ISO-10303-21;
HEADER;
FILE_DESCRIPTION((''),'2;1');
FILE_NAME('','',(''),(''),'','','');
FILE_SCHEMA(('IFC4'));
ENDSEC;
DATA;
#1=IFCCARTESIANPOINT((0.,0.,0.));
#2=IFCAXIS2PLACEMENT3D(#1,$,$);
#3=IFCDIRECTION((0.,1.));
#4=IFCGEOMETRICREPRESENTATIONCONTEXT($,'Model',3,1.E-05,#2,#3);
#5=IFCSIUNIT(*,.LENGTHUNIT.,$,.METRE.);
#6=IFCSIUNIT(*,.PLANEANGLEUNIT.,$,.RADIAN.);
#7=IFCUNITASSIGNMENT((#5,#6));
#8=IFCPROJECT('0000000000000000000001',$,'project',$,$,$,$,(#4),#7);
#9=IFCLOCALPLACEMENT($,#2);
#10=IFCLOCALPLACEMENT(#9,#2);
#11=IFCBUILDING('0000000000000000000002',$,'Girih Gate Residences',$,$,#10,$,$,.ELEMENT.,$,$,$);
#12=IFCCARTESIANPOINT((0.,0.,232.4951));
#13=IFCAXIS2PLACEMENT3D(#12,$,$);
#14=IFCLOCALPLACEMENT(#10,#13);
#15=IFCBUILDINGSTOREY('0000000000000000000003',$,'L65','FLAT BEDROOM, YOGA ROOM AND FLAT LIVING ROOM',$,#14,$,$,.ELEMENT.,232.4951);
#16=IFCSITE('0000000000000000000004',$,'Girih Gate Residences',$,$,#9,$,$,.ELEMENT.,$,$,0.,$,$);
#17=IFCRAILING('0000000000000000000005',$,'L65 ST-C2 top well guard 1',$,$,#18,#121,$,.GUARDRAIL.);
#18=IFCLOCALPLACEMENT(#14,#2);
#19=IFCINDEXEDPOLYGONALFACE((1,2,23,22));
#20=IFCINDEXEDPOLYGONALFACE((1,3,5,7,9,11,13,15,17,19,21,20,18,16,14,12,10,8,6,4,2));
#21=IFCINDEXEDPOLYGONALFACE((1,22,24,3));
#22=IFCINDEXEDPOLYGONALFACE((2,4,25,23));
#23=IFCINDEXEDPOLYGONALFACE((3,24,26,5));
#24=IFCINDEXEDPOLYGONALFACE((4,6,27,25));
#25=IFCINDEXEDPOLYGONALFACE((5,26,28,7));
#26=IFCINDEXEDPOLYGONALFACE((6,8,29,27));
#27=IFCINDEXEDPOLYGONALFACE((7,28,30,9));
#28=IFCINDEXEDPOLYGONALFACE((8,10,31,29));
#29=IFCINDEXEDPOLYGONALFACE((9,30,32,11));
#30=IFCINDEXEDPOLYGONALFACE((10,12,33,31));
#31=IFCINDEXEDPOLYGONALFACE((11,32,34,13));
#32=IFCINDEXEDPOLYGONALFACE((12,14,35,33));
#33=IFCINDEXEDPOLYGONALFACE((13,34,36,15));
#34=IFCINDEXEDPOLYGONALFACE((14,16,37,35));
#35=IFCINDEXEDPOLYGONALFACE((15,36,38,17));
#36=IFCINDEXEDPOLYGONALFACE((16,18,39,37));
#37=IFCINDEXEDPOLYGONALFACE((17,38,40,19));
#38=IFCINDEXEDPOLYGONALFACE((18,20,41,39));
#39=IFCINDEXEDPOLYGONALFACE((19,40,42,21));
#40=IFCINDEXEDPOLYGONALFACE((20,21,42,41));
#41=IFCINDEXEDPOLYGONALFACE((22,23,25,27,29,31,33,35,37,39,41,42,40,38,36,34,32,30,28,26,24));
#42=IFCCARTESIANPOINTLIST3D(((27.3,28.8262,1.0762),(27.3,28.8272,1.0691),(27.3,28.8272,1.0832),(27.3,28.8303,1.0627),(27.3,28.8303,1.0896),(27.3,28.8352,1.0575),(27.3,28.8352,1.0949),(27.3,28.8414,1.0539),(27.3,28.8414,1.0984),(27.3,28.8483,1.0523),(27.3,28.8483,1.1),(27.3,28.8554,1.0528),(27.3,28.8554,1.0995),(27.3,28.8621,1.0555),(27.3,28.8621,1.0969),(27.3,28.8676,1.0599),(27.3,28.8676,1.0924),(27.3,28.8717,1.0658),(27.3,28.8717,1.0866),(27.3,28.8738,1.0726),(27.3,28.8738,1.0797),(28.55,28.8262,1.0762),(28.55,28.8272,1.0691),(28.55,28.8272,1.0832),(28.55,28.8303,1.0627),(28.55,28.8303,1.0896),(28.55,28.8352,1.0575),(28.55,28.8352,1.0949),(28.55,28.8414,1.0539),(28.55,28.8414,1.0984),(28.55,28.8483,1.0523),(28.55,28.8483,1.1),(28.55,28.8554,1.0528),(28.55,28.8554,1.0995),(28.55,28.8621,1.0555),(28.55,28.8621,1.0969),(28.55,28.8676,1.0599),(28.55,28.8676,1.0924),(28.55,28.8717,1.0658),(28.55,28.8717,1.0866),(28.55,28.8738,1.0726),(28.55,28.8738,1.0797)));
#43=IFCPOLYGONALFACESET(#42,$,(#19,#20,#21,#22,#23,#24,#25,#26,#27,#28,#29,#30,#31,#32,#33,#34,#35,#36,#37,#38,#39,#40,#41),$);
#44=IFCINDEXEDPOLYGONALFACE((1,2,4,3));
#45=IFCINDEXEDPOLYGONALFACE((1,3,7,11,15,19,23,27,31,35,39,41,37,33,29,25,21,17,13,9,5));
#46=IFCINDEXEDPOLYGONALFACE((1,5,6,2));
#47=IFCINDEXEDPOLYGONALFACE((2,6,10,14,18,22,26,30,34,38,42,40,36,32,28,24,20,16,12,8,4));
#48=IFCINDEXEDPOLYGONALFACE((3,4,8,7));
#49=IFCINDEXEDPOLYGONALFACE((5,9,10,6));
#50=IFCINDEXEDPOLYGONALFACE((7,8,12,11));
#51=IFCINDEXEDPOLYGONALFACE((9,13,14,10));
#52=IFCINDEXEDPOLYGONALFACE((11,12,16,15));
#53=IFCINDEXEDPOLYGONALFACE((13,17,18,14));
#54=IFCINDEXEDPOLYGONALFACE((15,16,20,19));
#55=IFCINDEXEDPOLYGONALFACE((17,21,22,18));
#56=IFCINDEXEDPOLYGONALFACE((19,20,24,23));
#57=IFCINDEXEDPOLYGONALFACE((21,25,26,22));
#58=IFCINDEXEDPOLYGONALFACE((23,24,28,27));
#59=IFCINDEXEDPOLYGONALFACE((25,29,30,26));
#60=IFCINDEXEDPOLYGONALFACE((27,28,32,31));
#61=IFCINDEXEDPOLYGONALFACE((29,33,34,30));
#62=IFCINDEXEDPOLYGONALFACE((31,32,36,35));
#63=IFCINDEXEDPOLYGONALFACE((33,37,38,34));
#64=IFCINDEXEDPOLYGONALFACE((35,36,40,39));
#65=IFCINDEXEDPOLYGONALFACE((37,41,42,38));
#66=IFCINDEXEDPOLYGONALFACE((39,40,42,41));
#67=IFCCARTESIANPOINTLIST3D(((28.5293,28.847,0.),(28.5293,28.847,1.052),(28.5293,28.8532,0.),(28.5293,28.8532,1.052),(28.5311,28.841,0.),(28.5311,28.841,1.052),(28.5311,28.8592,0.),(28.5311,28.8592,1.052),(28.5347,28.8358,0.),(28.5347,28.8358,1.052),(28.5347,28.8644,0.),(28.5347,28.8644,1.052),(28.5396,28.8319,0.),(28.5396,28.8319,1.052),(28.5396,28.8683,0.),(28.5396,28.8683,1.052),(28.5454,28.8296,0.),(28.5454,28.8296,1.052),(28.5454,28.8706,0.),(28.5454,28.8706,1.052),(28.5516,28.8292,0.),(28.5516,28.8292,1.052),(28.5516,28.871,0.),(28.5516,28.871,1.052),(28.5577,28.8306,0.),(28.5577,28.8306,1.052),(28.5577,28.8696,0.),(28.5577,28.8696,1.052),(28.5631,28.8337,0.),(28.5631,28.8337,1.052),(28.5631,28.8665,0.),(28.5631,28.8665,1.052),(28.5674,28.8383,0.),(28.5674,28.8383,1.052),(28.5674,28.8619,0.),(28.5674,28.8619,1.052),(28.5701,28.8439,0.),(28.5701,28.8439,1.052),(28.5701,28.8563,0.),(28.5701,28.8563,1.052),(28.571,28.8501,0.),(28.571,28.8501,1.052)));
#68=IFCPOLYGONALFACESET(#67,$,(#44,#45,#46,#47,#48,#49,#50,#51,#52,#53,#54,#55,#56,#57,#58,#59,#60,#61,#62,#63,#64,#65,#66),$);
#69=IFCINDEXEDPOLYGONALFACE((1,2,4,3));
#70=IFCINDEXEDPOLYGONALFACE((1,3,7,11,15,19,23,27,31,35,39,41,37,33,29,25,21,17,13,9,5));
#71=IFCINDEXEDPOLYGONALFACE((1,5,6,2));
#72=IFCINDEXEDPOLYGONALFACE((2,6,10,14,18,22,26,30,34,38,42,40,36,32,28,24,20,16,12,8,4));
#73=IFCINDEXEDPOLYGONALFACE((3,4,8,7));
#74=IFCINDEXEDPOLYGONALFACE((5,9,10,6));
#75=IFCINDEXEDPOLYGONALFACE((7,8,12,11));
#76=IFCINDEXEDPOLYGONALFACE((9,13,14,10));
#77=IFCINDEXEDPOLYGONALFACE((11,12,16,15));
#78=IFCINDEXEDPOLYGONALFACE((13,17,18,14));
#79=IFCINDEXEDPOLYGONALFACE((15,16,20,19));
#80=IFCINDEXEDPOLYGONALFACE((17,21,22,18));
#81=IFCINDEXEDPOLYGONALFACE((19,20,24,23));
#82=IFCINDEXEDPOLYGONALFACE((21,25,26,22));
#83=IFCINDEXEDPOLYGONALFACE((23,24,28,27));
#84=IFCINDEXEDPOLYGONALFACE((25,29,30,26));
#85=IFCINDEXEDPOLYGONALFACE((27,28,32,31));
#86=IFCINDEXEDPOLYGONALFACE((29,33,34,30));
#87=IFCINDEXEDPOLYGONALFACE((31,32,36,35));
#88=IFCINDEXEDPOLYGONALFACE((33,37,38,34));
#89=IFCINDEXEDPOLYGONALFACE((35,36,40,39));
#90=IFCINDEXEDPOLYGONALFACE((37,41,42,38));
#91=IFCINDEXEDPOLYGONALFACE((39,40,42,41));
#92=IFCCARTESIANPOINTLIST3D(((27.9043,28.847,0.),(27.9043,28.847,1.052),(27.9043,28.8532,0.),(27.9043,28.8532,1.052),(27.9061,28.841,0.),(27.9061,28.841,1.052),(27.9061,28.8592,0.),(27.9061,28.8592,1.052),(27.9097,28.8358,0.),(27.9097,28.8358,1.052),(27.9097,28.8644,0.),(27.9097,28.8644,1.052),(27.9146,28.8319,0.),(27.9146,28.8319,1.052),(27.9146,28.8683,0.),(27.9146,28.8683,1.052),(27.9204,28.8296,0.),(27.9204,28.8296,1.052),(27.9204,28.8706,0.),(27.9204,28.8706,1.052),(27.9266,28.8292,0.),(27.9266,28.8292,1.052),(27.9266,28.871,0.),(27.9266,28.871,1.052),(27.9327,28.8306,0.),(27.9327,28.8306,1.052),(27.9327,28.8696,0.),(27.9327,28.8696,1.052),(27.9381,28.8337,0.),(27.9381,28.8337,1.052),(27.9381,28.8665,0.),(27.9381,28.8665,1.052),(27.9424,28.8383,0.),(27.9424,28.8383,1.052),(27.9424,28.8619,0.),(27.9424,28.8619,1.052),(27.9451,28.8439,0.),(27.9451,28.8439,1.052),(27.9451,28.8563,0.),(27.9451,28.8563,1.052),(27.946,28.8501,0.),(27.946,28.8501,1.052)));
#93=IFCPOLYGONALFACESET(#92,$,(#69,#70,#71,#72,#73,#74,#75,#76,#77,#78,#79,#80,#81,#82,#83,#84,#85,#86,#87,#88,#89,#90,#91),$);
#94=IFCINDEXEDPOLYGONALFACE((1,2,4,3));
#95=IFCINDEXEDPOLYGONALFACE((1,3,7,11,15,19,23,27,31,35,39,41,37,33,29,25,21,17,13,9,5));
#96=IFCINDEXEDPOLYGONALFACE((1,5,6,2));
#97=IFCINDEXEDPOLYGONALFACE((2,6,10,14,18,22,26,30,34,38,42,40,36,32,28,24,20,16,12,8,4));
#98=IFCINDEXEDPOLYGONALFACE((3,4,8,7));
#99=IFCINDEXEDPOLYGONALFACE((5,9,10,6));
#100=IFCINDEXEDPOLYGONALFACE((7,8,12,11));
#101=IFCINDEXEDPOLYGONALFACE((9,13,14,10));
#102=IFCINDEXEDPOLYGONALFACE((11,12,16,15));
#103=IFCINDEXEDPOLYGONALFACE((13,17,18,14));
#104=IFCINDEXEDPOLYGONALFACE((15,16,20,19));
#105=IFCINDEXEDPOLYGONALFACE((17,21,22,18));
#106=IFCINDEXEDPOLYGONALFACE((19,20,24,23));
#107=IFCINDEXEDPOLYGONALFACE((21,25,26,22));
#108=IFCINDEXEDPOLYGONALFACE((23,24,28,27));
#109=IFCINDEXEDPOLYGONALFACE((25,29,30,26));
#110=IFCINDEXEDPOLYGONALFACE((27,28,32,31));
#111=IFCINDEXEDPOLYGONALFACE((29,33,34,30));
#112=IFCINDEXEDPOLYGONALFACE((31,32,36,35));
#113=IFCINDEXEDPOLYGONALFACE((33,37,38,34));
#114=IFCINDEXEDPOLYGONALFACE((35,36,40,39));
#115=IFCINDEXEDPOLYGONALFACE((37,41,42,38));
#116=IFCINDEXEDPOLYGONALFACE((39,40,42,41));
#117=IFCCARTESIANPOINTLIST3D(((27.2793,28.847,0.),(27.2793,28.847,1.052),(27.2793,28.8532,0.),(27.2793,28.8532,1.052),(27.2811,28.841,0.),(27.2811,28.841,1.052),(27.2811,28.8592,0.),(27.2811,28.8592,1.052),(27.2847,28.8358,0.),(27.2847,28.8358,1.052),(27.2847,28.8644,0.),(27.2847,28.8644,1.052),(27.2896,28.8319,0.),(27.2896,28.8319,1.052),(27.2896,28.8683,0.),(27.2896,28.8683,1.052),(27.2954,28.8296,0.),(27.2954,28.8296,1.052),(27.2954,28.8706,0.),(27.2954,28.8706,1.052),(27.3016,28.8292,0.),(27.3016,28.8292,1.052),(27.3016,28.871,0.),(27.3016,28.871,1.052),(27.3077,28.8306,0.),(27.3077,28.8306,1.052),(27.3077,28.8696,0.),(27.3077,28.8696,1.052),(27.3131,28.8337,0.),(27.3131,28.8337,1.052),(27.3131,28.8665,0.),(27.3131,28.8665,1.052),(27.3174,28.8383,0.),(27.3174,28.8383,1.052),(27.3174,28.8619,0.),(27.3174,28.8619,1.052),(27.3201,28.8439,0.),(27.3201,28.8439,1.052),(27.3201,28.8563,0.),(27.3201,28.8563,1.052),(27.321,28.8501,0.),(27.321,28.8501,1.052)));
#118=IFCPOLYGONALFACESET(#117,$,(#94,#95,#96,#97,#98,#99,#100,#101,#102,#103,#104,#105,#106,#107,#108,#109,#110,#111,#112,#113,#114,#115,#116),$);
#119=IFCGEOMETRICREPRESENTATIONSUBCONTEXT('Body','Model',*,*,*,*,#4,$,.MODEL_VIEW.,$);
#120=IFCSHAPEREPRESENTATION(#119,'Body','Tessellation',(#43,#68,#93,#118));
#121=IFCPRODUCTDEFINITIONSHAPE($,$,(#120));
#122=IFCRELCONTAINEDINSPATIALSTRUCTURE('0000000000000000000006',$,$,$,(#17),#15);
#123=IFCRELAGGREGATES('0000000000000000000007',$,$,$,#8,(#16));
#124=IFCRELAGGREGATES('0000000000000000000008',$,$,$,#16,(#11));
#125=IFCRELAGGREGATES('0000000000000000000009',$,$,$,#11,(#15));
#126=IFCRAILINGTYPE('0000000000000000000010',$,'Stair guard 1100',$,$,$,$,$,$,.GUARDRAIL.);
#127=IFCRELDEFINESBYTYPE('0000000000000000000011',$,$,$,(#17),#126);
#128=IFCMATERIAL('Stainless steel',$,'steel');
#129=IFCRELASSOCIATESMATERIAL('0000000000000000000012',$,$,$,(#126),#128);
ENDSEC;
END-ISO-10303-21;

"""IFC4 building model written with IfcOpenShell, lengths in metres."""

from ifc_helpers import new_model, si_unit, direction, frame, origin, origin_2d, place, context, subcontext, project, spatial, circle, extrude, material, type_object, element, save


model = new_model("IFC4")

# Units and contexts
model_context = context("Model", 3, precision=1e-05, world=origin(), true_north=direction((0.0, 1.0)))
body_context = subcontext(model_context, "Body", "Model", "MODEL_VIEW")
ifc_project = project(units=[si_unit("LENGTHUNIT", "METRE"), si_unit("PLANEANGLEUNIT", "RADIAN")], contexts=[model_context])

# Site, building, storey
site_placement = place(None, origin())
site = spatial("IfcSite", under=ifc_project, at=site_placement, Name="Girih Gate Residences", CompositionType="ELEMENT", RefElevation=0.0)
building_placement = place(site_placement, origin())
building = spatial("IfcBuilding", under=site, at=building_placement, Name="Girih Gate Residences", CompositionType="ELEMENT")
storey_placement = place(building_placement, frame((0.0, 0.0, 232.4951)))
storey = spatial("IfcBuildingStorey", under=building, at=storey_placement, Name="L65", Description="FLAT BEDROOM, YOGA ROOM AND FLAT LIVING ROOM", CompositionType="ELEMENT", Elevation=232.4951)

# Railing
ifc_material_1 = material(Name="Stainless steel", Category="steel")
railing_type = type_object("IfcRailingType", Name="Stair guard 1100", PredefinedType="GUARDRAIL", material=ifc_material_1)
for number, where, name in (
    (1, (28.55, 28.8501, 0.0), "L65 ST-C2 top well guard 1"),
):
    element("IfcRailing", number, at=place(storey_placement, frame(where)), inside=storey, type_object=railing_type, Name=name, PredefinedType="GUARDRAIL", context=body_context, shape_type="SweptSolid", body=[
        extrude(circle(Radius=0.0239, at=origin_2d()), frame((0.0, 0.0, 1.0762), z_axis=(-1.0, 0.0, 0.0), x_axis=(0.0, -1.0, 0.0)), (0.0, 0.0, 1.0), 1.25),
        extrude(circle(Radius=0.021, at=origin_2d()), origin(), (0.0, 0.0, 1.0), 1.052),
        extrude(circle(Radius=0.021, at=origin_2d()), frame((-0.625, 0.0, 0.0)), (0.0, 0.0, 1.0), 1.052),
        extrude(circle(Radius=0.021, at=origin_2d()), frame((-1.25, 0.0, 0.0)), (0.0, 0.0, 1.0), 1.052),
    ])

save(model, "model.ifc")
